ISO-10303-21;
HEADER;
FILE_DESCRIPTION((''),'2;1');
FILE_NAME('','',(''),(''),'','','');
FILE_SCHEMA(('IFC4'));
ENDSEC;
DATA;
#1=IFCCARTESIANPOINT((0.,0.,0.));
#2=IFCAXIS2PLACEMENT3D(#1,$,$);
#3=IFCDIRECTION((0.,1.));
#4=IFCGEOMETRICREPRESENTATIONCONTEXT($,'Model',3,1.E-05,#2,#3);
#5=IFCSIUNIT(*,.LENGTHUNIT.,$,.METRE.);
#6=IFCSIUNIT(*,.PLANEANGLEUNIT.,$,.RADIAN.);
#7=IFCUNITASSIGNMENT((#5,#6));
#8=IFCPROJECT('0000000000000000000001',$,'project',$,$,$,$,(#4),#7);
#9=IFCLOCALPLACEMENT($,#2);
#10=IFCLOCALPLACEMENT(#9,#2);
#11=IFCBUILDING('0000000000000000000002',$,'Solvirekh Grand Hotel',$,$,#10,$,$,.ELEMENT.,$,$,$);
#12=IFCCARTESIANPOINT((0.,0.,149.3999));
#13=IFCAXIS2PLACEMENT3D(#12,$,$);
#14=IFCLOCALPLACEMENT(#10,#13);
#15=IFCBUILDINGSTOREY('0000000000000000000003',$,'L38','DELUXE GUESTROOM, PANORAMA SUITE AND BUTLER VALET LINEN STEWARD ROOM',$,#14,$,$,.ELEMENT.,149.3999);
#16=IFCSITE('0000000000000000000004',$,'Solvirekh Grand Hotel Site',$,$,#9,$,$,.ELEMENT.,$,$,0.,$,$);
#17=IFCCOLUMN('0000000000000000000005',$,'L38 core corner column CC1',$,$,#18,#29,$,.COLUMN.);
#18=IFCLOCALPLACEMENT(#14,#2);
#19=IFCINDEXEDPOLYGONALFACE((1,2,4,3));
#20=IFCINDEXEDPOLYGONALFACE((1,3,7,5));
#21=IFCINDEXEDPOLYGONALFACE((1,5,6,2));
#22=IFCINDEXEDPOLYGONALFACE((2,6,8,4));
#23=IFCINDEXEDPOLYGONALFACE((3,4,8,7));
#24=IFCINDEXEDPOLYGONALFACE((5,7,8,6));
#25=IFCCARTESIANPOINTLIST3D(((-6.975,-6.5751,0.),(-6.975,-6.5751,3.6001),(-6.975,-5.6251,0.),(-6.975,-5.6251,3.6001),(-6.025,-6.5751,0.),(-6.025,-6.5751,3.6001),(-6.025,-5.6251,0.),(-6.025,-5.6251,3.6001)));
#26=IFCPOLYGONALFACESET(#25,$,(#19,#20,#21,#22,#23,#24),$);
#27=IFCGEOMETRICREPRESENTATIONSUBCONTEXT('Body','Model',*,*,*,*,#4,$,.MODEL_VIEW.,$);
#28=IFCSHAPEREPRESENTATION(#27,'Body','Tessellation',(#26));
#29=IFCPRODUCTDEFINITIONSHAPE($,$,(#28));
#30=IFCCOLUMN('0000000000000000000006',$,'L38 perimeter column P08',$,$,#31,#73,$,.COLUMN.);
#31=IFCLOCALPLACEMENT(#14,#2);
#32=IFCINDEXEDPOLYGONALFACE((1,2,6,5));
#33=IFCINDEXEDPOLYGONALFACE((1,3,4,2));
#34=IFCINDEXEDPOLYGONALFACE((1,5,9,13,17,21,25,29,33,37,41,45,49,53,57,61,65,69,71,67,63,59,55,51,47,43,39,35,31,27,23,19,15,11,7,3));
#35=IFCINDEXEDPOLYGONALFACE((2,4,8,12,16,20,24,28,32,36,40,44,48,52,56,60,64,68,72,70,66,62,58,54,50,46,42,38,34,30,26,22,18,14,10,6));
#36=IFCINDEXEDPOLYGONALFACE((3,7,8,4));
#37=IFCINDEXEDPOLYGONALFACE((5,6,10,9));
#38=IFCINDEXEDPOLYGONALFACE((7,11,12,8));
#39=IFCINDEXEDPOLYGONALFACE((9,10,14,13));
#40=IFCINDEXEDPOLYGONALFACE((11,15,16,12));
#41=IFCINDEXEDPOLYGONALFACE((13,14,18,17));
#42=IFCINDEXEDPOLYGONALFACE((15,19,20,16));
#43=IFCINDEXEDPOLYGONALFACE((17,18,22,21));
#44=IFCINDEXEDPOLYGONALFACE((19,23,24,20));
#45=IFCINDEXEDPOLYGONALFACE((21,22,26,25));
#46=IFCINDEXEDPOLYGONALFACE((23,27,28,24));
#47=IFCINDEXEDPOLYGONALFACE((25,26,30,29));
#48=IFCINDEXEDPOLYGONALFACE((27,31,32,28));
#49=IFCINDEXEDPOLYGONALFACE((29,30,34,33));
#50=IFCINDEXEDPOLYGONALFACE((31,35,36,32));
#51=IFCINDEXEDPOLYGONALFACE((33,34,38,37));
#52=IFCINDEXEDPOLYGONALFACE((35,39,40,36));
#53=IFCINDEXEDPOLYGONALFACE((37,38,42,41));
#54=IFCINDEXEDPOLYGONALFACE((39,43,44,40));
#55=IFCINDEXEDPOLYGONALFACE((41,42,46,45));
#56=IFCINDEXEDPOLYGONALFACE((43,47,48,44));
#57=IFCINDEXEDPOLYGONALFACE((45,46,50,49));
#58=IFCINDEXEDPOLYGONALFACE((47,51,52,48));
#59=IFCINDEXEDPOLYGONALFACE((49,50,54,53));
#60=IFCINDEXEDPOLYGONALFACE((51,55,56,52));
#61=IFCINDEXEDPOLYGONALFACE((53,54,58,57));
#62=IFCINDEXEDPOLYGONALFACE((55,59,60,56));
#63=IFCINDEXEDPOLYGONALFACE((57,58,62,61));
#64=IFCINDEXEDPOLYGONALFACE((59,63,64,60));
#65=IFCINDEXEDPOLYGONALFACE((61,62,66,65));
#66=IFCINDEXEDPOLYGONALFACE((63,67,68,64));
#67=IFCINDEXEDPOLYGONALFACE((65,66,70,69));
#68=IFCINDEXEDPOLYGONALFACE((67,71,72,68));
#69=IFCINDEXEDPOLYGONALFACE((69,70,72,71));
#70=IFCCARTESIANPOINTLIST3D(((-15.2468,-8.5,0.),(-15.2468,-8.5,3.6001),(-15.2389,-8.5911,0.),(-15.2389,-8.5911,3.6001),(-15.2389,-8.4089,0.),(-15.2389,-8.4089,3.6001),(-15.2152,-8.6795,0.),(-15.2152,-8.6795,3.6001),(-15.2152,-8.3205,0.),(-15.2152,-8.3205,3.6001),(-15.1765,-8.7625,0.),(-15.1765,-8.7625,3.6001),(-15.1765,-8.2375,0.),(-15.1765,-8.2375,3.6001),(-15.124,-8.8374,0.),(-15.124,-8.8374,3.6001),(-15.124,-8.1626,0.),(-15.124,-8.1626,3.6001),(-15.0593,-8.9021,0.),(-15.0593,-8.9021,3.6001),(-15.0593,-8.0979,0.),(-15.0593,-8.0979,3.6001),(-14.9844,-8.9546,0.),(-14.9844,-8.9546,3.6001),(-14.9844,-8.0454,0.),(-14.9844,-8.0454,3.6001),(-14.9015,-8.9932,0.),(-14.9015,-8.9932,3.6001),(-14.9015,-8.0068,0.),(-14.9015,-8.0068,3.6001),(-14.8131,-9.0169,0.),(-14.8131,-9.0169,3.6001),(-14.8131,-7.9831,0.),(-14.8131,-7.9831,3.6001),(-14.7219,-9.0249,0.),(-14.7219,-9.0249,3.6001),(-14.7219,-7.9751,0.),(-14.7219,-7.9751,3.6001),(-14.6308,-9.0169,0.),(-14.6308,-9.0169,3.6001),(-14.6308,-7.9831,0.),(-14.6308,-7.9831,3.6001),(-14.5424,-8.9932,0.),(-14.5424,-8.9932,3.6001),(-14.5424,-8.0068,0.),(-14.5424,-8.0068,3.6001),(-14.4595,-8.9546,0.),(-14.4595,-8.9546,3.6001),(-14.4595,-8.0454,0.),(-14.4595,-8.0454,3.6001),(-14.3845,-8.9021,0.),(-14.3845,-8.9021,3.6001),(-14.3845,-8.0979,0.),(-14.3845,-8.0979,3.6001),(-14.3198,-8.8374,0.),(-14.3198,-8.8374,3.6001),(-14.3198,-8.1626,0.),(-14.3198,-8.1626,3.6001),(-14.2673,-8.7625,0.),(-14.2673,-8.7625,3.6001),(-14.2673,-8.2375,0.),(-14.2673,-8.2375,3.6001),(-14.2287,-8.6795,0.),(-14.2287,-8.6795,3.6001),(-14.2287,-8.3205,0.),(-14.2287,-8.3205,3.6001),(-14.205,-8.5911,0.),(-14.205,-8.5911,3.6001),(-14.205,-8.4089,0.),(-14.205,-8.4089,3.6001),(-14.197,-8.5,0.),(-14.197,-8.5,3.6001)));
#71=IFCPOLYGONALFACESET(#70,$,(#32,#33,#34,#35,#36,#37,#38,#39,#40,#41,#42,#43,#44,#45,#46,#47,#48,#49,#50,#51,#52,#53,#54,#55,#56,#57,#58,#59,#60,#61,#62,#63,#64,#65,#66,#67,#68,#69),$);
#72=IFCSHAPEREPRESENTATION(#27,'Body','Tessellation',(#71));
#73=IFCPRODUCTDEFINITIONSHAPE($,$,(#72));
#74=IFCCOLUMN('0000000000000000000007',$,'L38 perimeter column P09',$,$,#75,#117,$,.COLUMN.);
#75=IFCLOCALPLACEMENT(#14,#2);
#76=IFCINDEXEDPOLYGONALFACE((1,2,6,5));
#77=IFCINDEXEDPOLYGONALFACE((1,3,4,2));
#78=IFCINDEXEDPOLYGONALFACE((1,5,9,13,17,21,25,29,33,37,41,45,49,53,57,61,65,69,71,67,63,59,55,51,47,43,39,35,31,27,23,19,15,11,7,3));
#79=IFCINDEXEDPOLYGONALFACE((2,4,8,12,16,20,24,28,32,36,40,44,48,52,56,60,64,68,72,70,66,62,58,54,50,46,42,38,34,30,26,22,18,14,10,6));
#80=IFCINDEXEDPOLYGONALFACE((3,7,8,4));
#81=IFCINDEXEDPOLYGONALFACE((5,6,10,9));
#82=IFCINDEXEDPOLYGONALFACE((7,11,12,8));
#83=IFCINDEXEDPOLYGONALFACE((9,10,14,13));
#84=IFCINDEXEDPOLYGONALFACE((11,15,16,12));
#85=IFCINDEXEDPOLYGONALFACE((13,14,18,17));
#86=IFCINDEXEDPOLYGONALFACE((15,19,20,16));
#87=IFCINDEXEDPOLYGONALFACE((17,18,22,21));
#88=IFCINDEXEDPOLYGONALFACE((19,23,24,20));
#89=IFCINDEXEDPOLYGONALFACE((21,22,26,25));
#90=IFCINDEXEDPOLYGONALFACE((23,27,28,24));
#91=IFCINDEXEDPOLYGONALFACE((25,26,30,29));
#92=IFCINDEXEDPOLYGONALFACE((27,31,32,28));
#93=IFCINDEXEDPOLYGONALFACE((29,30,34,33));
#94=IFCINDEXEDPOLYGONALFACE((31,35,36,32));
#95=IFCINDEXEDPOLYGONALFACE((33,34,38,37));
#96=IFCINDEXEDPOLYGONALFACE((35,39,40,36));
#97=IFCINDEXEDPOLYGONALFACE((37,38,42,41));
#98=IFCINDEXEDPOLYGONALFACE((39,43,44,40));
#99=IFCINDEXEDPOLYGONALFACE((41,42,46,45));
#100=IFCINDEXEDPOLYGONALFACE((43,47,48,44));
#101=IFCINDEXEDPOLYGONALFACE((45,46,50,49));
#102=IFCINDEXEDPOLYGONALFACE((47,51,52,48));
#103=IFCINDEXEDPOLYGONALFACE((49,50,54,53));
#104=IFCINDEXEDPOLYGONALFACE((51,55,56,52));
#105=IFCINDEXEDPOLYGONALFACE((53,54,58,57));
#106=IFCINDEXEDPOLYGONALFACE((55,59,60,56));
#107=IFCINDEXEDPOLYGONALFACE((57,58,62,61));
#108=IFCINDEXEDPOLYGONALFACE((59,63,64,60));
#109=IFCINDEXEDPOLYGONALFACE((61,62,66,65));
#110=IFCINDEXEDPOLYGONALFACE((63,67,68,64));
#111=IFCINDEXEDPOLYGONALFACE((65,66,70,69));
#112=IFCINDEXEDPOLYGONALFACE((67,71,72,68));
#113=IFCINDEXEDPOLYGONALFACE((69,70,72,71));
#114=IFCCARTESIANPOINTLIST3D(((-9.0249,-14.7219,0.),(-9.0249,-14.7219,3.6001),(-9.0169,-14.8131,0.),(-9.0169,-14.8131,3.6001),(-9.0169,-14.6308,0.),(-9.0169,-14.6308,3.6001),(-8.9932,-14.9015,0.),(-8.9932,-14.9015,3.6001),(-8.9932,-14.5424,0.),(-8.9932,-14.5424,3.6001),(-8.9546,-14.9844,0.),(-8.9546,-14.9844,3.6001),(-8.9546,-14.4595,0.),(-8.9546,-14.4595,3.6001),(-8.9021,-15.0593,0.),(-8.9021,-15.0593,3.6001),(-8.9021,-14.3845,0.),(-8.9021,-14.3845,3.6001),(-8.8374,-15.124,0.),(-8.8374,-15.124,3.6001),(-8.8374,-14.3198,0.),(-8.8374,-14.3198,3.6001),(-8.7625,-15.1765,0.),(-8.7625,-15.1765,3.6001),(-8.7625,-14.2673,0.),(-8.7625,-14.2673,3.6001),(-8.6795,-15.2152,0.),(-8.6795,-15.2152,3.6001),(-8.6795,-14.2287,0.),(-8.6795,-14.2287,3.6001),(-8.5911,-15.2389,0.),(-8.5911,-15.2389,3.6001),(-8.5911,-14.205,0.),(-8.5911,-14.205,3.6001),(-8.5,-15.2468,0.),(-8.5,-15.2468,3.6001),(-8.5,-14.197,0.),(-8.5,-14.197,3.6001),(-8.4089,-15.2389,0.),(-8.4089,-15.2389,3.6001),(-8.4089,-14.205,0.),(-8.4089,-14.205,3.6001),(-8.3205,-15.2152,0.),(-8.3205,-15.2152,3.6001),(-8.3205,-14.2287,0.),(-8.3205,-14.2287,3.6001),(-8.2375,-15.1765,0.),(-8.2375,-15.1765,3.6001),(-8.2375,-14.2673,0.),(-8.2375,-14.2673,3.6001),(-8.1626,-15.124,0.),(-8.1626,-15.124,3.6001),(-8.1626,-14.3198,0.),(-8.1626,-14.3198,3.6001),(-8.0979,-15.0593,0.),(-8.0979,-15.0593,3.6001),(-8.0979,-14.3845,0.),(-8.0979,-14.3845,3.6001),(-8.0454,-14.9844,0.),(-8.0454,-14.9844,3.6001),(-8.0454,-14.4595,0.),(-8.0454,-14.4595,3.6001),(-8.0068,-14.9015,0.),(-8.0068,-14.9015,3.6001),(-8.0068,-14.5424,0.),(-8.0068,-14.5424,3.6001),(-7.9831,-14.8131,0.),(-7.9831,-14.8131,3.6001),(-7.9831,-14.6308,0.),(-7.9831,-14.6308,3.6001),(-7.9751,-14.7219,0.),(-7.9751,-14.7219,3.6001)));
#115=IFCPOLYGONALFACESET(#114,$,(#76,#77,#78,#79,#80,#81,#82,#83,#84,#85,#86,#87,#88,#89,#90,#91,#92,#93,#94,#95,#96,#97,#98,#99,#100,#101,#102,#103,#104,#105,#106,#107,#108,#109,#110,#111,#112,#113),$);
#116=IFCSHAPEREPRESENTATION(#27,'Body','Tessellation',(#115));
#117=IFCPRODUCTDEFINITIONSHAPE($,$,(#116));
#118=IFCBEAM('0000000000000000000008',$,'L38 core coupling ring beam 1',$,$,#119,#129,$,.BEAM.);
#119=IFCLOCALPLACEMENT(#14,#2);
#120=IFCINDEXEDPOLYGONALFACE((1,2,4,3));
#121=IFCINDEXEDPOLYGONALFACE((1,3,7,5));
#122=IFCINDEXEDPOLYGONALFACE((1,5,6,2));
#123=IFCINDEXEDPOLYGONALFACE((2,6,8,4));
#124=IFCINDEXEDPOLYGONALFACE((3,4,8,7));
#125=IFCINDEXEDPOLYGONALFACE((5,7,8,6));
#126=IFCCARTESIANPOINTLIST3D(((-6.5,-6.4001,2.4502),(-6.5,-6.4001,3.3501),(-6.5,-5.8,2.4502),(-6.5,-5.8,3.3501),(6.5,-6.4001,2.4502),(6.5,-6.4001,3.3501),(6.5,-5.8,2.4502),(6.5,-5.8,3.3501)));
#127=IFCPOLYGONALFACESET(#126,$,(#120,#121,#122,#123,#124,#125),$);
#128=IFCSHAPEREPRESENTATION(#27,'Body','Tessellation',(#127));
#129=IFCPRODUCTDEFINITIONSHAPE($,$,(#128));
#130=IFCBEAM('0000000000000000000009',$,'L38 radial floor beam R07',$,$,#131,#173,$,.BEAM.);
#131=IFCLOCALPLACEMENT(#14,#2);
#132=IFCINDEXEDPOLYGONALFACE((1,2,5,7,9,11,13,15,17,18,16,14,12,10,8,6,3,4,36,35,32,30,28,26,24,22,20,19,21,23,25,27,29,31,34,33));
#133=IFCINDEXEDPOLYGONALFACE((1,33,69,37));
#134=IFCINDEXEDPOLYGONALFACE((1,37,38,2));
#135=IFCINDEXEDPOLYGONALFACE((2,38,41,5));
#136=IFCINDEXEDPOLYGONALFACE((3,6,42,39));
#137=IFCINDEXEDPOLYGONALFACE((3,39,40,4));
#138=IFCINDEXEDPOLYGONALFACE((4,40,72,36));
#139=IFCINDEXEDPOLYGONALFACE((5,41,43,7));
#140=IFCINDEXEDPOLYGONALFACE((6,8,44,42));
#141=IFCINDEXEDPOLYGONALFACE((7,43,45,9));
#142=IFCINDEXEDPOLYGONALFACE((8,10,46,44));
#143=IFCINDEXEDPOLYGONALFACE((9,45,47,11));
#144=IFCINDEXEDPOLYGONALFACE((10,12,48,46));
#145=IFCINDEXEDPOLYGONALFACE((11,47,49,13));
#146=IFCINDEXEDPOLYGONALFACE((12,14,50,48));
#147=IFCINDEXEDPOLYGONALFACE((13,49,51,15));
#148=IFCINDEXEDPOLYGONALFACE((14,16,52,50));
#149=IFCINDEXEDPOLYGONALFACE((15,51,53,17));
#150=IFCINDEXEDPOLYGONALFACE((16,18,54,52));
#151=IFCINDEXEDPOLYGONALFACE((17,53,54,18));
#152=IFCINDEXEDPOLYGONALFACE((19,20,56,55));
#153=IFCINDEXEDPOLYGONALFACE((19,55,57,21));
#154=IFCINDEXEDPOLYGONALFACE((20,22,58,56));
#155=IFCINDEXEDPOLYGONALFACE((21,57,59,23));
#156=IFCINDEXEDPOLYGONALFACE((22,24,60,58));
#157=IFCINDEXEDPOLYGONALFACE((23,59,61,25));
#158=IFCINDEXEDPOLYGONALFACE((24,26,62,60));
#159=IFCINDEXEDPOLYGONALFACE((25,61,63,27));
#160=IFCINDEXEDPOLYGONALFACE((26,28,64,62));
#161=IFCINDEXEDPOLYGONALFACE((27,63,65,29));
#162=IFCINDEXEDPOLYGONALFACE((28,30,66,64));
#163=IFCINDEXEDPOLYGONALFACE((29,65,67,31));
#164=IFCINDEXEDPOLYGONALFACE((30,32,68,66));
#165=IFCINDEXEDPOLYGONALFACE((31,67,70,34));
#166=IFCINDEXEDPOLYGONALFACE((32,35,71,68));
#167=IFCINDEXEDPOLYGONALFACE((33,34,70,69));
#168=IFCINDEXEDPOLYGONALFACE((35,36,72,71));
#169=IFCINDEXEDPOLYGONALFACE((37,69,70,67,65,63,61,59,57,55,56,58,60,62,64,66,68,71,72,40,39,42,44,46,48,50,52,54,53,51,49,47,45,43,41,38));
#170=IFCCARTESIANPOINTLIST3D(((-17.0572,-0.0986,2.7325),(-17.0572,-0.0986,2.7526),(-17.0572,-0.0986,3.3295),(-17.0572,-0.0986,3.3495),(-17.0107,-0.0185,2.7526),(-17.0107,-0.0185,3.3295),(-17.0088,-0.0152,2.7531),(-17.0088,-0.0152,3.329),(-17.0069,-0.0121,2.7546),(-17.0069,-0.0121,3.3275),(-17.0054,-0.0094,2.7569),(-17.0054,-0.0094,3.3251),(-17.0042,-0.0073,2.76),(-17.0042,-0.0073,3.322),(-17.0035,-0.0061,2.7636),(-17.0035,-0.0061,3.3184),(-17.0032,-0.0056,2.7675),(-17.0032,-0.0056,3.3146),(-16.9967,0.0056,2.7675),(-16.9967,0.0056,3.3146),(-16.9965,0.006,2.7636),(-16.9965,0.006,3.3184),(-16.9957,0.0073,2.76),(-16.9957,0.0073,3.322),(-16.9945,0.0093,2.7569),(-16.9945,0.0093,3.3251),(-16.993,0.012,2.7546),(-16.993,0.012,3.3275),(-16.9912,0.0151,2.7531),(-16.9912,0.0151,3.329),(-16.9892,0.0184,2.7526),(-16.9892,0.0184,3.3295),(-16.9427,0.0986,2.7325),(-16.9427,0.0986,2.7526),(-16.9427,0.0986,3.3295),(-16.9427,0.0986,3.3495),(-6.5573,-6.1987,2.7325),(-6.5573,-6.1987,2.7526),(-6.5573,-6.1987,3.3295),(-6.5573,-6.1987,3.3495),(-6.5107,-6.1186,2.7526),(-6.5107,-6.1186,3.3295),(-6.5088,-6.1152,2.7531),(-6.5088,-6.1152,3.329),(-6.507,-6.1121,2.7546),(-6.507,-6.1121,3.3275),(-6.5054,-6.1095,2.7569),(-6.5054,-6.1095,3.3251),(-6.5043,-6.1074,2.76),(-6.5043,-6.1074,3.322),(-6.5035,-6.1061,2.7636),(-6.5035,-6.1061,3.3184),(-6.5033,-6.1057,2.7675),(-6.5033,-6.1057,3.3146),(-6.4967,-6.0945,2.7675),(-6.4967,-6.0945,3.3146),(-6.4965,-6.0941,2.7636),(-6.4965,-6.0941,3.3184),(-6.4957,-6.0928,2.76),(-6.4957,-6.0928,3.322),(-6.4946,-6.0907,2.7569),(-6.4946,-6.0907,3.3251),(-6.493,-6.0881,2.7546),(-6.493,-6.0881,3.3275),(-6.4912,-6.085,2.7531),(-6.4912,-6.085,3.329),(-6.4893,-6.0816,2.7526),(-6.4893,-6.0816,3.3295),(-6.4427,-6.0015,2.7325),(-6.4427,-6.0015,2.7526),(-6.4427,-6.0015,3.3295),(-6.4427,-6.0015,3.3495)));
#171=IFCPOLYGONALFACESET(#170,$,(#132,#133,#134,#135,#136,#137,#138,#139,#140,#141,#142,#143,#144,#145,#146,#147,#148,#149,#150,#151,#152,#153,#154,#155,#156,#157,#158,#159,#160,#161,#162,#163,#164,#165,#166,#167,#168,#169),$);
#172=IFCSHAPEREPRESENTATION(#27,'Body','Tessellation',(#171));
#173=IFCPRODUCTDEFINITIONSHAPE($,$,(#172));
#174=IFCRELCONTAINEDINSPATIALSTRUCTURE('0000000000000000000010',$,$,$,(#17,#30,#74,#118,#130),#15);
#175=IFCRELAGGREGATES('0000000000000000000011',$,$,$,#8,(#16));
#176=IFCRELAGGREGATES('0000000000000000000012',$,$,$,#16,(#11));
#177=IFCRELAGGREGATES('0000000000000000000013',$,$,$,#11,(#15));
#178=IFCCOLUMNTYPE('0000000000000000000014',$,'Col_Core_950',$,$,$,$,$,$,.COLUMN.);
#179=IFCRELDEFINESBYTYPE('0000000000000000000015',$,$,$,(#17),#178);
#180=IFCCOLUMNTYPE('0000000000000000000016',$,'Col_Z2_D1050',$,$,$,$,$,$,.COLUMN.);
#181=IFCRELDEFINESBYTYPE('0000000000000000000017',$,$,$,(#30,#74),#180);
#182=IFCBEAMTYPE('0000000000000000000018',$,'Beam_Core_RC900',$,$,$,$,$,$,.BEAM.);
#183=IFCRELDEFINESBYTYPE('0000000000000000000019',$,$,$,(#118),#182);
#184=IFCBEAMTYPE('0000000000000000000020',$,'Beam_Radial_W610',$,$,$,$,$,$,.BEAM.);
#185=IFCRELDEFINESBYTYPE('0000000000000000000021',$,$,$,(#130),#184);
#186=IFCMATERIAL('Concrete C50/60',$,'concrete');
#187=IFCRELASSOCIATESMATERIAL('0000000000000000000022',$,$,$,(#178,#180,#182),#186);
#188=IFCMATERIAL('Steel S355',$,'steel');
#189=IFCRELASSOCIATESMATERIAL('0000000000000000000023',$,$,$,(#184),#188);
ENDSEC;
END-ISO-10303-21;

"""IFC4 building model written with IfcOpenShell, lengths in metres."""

from ifc_helpers import new_model, si_unit, direction, frame, origin, origin_2d, place, context, subcontext, project, spatial, rectangle, circle, i_section, extrude, material, material_profile, profile_set, type_object, element, save


model = new_model("IFC4")

# Units and contexts
model_context = context("Model", 3, precision=1e-05, world=origin(), true_north=direction((0.0, 1.0)))
body_context = subcontext(model_context, "Body", "Model", "MODEL_VIEW")
ifc_project = project(units=[si_unit("LENGTHUNIT", "METRE"), si_unit("PLANEANGLEUNIT", "RADIAN")], contexts=[model_context])

# Site, building, storey
site_placement = place(None, origin())
site = spatial("IfcSite", under=ifc_project, at=site_placement, Name="Solvirekh Grand Hotel Site", CompositionType="ELEMENT", RefElevation=0.0)
building_placement = place(site_placement, origin())
building = spatial("IfcBuilding", under=site, at=building_placement, Name="Solvirekh Grand Hotel", CompositionType="ELEMENT")
storey_placement = place(building_placement, frame((0.0, 0.0, 149.3999)))
storey = spatial("IfcBuildingStorey", under=building, at=storey_placement, Name="L38", Description="DELUXE GUESTROOM, PANORAMA SUITE AND BUTLER VALET LINEN STEWARD ROOM", CompositionType="ELEMENT", Elevation=149.3999)

# Columns
ifc_material_1 = material(Name="Concrete C50/60", Category="concrete")
ifc_material_profile_1 = material_profile(ifc_material_1, rectangle(XDim=0.95, YDim=0.95, at=origin_2d()), Name="RC 950X950")
ifc_profile_set_1 = profile_set([ifc_material_profile_1], Name="Concrete C50/60")
column_type_1 = type_object("IfcColumnType", Name="Col_Core_950", PredefinedType="COLUMN", material=ifc_profile_set_1)
column_placement = place(storey_placement, frame((-6.5, -6.1001, 0.0), z_axis=(0.0, 0.0, 1.0), x_axis=(1.0, 0.0, 0.0)))
element("IfcColumn", 1, at=column_placement, inside=storey, type_object=column_type_1, Name="L38 core corner column CC1", PredefinedType="COLUMN", context=body_context, shape_type="SweptSolid", body=[
    extrude(rectangle(XDim=0.95, YDim=0.95, at=origin_2d()), origin(), (0.0, 0.0, 1.0), 3.6001),
])
ifc_material_profile_2 = material_profile(ifc_material_1, circle(Radius=0.5249, at=origin_2d()), Name="RC CIRC D1050")
ifc_profile_set_2 = profile_set([ifc_material_profile_2], Name="Concrete C50/60")
column_type_2 = type_object("IfcColumnType", Name="Col_Z2_D1050", PredefinedType="COLUMN", material=ifc_profile_set_2)
for number, where, z_axis, x_axis, name in (
    (2, (-14.7219, -8.5, 0.0), (0.0, 0.0, 1.0), (1.0, 0.0, 0.0), "L38 perimeter column P08"),
    (3, (-8.5, -14.7219, 0.0), (0.0, 0.0, 1.0), (1.0, 0.0, 0.0), "L38 perimeter column P09"),
):
    element("IfcColumn", number, at=place(storey_placement, frame(where, z_axis=z_axis, x_axis=x_axis)), inside=storey, type_object=column_type_2, Name=name, PredefinedType="COLUMN", context=body_context, shape_type="SweptSolid", body=[
        extrude(circle(Radius=0.5249, at=origin_2d()), origin(), (0.0, 0.0, 1.0), 3.6001),
    ])

# Beams
ifc_material_profile_3 = material_profile(ifc_material_1, rectangle(XDim=0.6001, YDim=0.8999, at=origin_2d()), Name="RC BEAM 600X900")
ifc_profile_set_3 = profile_set([ifc_material_profile_3], Name="Concrete C50/60")
beam_type_1 = type_object("IfcBeamType", Name="Beam_Core_RC900", PredefinedType="BEAM", material=ifc_profile_set_3)
beam_1_placement = place(storey_placement, frame((-6.5, -6.1001, 2.9001), z_axis=(1.0, 0.0, 0.0), x_axis=(0.0, 1.0, 0.0)))
element("IfcBeam", 4, at=beam_1_placement, inside=storey, type_object=beam_type_1, Name="L38 core coupling ring beam 1", PredefinedType="BEAM", context=body_context, shape_type="SweptSolid", body=[
    extrude(rectangle(XDim=0.6001, YDim=0.8999, at=origin_2d()), origin(), (0.0, 0.0, 1.0), 13.0),
])
ifc_material_2 = material(Name="Steel S355", Category="steel")
ifc_material_profile_4 = material_profile(ifc_material_2, i_section(OverallWidth=0.228, OverallDepth=0.6169, WebThickness=0.0129, FlangeThickness=0.02, FilletRadius=0.0149, at=origin_2d()), Name="W610X140")
ifc_profile_set_4 = profile_set([ifc_material_profile_4], Name="Steel S355")
beam_type_2 = type_object("IfcBeamType", Name="Beam_Radial_W610", PredefinedType="BEAM", material=ifc_profile_set_4)
beam_2_placement = place(storey_placement, frame((-6.5, -6.1001, 3.041), z_axis=(-0.86467, 0.50234, 0.0), x_axis=(-0.50234, -0.86467, 0.0)))
element("IfcBeam", 5, at=beam_2_placement, inside=storey, type_object=beam_type_2, Name="L38 radial floor beam R07", PredefinedType="BEAM", context=body_context, shape_type="SweptSolid", body=[
    extrude(i_section(OverallWidth=0.228, OverallDepth=0.6169, WebThickness=0.0129, FlangeThickness=0.02, FilletRadius=0.0149, at=origin_2d()), origin(), (0.0, 0.0, 1.0), 12.1433),
])

save(model, "model.ifc")
